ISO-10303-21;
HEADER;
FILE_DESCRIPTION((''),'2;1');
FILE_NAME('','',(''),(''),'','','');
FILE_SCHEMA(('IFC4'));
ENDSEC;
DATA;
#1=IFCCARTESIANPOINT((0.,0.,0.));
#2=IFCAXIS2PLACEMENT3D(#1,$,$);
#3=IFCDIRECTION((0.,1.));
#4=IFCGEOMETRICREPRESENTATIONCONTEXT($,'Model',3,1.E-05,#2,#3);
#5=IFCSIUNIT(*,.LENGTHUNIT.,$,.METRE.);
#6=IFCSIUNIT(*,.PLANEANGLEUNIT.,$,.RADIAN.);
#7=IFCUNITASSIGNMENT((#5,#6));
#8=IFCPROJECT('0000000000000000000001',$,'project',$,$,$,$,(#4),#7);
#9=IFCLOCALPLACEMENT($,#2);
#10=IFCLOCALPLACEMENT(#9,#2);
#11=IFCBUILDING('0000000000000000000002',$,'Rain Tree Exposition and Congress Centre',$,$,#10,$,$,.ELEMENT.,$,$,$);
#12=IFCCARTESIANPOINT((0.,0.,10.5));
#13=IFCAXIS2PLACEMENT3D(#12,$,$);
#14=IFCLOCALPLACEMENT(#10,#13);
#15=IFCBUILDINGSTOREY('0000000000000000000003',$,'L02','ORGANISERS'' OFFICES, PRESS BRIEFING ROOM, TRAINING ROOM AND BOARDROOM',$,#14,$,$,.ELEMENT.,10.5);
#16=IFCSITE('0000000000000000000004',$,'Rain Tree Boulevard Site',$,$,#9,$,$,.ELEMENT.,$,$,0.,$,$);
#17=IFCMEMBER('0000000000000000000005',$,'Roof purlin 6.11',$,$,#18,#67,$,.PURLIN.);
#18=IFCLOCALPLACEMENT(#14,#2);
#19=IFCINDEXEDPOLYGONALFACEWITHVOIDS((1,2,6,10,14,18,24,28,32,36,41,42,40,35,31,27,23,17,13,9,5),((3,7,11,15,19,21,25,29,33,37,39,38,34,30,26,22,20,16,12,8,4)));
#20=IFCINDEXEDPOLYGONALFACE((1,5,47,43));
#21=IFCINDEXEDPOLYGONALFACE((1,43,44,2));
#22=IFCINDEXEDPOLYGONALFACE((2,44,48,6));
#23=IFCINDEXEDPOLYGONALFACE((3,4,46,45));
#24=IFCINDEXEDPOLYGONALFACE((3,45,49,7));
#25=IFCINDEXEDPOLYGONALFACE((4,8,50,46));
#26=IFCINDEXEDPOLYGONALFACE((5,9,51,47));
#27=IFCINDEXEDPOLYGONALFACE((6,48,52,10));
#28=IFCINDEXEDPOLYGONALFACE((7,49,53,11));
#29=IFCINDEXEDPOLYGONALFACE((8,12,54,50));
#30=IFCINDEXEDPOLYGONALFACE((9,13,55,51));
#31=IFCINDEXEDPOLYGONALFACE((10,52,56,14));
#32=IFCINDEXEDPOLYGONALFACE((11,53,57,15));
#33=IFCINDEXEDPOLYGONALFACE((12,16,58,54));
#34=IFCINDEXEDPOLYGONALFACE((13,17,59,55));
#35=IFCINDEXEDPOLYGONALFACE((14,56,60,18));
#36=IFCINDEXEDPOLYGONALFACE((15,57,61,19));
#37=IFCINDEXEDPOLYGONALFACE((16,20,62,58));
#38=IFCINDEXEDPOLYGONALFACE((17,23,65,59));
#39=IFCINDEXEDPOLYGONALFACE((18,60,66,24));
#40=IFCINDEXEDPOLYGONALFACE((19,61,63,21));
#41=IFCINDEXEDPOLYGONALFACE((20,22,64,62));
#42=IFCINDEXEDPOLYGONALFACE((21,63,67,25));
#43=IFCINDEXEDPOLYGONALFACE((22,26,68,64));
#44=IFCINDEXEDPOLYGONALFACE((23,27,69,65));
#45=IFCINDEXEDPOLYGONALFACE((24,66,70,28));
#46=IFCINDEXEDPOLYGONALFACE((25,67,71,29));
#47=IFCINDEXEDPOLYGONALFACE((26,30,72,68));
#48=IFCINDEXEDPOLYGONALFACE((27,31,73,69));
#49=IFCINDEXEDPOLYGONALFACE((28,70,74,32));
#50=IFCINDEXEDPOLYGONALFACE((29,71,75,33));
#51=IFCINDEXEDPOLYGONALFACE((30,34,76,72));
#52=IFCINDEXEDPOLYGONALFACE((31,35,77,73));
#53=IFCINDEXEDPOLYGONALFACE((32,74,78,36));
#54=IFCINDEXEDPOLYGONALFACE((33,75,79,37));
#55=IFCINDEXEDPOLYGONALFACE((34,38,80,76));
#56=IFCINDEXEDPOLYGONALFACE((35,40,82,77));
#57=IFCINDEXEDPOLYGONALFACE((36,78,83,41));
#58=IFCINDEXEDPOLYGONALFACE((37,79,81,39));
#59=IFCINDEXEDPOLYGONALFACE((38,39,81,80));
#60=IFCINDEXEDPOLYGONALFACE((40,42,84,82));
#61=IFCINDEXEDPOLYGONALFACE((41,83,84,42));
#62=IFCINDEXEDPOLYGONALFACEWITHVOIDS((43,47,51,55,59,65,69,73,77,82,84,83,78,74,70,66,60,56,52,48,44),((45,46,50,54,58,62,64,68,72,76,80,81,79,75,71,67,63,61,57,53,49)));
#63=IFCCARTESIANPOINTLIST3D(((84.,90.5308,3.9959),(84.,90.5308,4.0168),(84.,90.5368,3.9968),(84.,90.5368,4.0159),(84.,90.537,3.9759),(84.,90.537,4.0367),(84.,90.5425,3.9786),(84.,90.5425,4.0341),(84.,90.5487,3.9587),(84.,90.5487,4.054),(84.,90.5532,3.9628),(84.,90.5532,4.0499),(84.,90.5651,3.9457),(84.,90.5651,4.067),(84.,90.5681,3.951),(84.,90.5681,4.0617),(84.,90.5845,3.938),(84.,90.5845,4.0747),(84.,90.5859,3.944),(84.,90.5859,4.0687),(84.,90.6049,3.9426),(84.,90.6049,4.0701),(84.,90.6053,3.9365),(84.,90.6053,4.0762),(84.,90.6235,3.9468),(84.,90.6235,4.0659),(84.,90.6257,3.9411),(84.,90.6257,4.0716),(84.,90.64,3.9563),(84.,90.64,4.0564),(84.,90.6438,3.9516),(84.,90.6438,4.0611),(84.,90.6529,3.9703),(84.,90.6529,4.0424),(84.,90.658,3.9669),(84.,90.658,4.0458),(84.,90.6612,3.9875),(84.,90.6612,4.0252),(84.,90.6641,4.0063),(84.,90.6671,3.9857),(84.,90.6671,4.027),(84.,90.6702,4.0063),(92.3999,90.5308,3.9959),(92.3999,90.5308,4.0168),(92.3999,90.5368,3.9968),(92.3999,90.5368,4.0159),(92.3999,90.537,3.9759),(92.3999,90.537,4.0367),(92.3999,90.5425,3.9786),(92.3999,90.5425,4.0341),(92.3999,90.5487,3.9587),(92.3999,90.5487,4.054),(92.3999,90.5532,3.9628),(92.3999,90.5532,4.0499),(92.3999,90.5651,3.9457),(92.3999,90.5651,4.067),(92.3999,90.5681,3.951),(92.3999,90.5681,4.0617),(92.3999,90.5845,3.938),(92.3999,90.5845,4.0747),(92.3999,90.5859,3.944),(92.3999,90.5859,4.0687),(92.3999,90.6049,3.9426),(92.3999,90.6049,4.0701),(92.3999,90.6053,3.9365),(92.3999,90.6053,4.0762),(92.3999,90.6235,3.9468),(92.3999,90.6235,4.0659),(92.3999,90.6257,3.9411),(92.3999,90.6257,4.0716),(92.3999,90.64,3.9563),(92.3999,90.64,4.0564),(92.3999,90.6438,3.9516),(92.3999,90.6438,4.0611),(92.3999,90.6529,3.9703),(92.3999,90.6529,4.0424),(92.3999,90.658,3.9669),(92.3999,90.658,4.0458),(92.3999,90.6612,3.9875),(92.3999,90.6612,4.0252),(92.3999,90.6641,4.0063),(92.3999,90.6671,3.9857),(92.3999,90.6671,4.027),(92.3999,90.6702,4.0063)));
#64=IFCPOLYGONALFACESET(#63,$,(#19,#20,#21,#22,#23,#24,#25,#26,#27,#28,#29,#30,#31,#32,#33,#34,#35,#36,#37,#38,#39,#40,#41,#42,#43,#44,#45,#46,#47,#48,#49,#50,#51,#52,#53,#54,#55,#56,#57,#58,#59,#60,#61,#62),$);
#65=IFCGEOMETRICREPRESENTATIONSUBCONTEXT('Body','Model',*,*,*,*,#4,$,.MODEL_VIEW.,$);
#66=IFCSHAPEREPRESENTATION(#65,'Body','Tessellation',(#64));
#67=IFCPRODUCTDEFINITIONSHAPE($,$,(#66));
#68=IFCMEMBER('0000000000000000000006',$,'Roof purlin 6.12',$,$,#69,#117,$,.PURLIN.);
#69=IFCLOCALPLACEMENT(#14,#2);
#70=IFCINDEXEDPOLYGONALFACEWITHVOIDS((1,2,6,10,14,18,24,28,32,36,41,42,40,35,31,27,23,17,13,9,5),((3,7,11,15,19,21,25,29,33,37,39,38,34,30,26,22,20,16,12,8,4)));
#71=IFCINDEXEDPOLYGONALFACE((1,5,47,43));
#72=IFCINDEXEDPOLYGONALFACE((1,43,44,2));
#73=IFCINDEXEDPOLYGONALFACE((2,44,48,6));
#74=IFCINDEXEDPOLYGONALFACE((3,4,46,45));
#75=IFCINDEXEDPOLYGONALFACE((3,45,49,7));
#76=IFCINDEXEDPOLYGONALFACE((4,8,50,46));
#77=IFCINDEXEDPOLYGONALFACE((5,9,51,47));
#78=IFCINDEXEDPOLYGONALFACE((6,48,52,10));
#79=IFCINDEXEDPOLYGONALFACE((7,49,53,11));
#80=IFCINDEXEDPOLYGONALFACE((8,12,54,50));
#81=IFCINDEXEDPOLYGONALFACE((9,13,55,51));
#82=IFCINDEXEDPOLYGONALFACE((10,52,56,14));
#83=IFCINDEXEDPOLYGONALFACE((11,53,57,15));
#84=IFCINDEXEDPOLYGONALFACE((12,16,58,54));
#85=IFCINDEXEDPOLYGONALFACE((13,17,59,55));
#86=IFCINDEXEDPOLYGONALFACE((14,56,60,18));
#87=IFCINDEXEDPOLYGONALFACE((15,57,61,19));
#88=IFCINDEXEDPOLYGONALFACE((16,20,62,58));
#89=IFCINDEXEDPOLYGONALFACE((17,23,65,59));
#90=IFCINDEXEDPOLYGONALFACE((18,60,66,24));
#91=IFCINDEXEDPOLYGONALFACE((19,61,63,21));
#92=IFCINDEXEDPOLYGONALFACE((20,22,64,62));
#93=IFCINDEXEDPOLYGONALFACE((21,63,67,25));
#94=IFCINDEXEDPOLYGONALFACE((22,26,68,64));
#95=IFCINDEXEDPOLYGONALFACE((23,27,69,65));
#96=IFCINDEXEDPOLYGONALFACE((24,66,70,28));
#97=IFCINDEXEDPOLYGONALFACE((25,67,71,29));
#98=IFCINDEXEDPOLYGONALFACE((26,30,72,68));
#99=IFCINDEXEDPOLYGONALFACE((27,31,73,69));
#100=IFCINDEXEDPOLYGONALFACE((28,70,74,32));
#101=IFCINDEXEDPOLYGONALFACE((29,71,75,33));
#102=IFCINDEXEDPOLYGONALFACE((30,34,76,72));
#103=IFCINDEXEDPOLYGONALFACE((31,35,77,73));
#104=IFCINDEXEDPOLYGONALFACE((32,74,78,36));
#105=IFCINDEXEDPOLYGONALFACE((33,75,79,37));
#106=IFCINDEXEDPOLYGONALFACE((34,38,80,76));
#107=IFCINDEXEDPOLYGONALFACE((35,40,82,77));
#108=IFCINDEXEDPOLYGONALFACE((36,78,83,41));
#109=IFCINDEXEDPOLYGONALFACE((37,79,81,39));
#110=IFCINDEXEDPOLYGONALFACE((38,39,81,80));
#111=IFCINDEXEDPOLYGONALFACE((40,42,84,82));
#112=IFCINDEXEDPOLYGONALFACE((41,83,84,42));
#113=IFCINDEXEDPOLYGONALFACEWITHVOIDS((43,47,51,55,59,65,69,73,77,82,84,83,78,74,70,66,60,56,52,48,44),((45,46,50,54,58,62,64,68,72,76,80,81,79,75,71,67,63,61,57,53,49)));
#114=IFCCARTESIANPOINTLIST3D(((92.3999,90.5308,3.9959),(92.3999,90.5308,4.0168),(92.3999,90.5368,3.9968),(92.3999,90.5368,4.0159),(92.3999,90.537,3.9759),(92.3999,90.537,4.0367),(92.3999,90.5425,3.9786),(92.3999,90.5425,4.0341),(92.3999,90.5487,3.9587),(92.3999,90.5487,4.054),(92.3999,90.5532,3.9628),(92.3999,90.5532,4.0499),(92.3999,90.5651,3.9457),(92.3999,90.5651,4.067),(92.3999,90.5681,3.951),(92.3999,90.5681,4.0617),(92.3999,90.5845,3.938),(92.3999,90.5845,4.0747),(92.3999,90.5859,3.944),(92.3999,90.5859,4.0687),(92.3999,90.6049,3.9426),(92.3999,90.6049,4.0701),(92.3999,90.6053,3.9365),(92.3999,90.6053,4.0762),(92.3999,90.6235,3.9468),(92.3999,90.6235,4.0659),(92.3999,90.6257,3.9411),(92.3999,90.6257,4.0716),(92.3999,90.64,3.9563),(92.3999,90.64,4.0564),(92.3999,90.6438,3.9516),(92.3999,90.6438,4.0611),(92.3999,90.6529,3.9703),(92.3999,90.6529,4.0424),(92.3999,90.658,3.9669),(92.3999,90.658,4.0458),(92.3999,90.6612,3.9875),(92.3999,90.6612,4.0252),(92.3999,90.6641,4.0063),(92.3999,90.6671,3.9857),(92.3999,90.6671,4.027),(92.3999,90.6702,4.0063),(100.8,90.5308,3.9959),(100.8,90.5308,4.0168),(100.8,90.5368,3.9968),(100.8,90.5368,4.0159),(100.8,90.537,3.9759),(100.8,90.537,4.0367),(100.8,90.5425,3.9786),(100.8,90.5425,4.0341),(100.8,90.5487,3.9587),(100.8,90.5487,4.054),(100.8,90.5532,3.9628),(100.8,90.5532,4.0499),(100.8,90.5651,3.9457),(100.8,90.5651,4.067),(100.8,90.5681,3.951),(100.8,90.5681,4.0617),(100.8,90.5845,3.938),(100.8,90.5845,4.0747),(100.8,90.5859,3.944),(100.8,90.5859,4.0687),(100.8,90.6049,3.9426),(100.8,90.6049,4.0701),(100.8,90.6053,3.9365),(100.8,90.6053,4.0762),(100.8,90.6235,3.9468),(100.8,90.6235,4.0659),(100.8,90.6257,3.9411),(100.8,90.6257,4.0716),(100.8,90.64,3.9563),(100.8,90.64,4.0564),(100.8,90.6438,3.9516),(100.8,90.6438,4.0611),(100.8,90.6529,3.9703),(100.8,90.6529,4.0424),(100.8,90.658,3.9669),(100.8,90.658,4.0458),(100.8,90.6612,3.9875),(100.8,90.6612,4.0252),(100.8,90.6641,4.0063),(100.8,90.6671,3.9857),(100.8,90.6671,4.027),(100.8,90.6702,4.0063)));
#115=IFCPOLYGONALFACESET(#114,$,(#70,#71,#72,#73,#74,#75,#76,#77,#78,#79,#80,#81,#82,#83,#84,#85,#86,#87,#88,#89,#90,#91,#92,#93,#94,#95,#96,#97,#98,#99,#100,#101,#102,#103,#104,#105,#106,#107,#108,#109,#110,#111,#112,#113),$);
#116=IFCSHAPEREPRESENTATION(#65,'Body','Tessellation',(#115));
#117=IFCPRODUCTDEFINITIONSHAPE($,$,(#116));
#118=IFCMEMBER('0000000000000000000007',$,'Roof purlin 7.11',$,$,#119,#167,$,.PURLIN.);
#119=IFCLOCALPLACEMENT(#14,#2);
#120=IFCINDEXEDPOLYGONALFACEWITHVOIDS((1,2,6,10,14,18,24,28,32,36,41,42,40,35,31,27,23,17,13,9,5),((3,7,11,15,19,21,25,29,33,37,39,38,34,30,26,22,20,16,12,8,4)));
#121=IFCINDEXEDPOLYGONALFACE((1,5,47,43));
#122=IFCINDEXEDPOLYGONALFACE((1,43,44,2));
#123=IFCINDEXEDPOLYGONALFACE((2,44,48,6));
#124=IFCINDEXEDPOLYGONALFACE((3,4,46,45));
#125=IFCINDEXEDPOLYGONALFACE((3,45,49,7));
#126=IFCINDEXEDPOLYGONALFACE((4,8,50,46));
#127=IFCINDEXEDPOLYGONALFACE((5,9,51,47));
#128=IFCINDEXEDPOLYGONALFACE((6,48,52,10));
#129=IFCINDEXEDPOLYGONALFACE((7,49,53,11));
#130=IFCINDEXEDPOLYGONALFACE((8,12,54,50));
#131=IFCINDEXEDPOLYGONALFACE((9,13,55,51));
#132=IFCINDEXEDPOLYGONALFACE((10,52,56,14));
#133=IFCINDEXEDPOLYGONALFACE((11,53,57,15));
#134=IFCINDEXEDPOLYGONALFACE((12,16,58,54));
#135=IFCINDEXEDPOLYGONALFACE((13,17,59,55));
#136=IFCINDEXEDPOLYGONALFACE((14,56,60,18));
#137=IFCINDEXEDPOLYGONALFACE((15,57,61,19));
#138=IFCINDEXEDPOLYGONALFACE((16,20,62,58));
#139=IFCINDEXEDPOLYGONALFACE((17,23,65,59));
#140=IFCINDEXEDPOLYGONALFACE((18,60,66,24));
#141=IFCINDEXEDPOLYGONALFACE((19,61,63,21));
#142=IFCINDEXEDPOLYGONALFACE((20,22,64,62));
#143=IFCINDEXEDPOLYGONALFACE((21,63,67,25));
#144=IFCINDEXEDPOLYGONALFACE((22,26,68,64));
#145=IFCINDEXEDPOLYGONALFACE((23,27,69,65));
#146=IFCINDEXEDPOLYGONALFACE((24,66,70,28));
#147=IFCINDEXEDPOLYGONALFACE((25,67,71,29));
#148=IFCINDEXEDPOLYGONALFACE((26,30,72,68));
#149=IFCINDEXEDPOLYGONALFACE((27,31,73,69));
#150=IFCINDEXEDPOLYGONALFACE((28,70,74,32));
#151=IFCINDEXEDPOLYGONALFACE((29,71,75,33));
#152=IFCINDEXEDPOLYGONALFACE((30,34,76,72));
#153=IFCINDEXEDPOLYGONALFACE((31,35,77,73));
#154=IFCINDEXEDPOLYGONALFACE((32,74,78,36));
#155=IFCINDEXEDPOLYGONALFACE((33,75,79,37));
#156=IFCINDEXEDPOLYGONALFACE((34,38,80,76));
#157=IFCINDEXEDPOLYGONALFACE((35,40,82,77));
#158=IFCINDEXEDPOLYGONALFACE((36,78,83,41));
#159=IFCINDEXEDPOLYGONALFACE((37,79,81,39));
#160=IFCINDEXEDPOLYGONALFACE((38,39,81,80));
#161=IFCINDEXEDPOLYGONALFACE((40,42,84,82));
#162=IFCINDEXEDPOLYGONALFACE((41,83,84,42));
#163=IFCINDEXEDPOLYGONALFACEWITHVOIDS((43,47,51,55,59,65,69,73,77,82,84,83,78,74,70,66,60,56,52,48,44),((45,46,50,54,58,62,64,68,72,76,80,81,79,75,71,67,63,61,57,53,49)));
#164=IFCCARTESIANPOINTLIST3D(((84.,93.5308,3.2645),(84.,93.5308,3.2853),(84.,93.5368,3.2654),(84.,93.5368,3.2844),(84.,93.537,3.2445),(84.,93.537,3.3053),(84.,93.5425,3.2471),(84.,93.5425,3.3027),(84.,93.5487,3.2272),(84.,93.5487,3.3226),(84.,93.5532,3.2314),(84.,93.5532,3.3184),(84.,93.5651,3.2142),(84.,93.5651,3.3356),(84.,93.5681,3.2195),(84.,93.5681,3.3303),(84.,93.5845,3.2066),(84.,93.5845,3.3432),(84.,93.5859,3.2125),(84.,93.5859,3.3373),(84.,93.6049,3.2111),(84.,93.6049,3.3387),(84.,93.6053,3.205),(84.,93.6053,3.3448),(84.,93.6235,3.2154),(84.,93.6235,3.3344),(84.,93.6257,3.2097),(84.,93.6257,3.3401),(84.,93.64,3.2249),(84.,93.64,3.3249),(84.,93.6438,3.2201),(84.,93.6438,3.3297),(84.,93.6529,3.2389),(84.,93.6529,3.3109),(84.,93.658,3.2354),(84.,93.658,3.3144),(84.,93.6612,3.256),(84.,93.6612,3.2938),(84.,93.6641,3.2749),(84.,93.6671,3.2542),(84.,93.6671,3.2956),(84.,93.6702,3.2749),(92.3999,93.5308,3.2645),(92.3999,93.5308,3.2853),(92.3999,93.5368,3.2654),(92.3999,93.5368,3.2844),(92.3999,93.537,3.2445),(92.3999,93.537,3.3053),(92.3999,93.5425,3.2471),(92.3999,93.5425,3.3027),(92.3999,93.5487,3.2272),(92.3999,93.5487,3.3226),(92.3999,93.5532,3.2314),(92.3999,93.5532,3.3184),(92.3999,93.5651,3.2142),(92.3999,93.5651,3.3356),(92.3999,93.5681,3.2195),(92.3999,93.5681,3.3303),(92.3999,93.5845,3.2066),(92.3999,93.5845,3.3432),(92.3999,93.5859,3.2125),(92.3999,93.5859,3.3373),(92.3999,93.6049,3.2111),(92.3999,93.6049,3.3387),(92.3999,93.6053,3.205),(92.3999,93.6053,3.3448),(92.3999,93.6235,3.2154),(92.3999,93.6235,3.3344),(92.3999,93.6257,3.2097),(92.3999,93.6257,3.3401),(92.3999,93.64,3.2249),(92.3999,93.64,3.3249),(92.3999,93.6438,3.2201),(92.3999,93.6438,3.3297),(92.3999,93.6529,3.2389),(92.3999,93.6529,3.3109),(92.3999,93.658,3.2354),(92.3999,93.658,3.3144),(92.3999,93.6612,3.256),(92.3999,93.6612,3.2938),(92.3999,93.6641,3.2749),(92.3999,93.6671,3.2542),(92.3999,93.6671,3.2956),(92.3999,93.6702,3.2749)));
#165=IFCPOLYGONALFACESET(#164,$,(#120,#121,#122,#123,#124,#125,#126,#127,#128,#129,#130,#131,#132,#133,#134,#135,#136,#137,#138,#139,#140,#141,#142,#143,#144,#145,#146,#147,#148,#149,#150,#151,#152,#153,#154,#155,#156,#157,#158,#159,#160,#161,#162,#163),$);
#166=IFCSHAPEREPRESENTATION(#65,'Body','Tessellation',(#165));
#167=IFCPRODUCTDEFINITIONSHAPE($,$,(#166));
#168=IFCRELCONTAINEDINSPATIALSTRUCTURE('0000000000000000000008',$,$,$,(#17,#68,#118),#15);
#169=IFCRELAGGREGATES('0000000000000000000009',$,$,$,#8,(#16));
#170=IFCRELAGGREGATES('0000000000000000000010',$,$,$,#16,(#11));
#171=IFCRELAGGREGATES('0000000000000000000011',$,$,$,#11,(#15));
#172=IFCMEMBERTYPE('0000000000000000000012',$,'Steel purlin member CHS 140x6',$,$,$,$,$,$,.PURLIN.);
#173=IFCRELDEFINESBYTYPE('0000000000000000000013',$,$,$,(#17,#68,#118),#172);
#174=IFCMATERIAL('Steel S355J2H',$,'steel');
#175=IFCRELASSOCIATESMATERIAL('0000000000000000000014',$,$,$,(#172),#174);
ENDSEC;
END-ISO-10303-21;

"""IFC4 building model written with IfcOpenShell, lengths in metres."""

from ifc_helpers import new_model, si_unit, direction, frame, origin, origin_2d, place, context, subcontext, project, spatial, hollow_circle, extrude, material, material_profile, profile_set, type_object, element, save


model = new_model("IFC4")

# Units and contexts
model_context = context("Model", 3, precision=1e-05, world=origin(), true_north=direction((0.0, 1.0)))
body_context = subcontext(model_context, "Body", "Model", "MODEL_VIEW")
ifc_project = project(units=[si_unit("LENGTHUNIT", "METRE"), si_unit("PLANEANGLEUNIT", "RADIAN")], contexts=[model_context])

# Site, building, storey
site_placement = place(None, origin())
site = spatial("IfcSite", under=ifc_project, at=site_placement, Name="Rain Tree Boulevard Site", CompositionType="ELEMENT", RefElevation=0.0)
building_placement = place(site_placement, origin())
building = spatial("IfcBuilding", under=site, at=building_placement, Name="Rain Tree Exposition and Congress Centre", CompositionType="ELEMENT")
storey_placement = place(building_placement, frame((0.0, 0.0, 10.5)))
storey = spatial("IfcBuildingStorey", under=building, at=storey_placement, Name="L02", Description="ORGANISERS' OFFICES, PRESS BRIEFING ROOM, TRAINING ROOM AND BOARDROOM", CompositionType="ELEMENT", Elevation=10.5)

# Members
ifc_material_1 = material(Name="Steel S355J2H", Category="steel")
ifc_material_profile_1 = material_profile(ifc_material_1, hollow_circle(Radius=0.0701, WallThickness=0.0061, at=origin_2d()), Name="CHS 140x6")
ifc_profile_set_1 = profile_set([ifc_material_profile_1], Name="Steel S355J2H")
member_type_1 = type_object("IfcMemberType", Name="Steel purlin member CHS 140x6", PredefinedType="PURLIN", material=ifc_profile_set_1)
member_1_placement = place(storey_placement, frame((84.0, 90.6001, 4.0063), z_axis=(1.0, 0.0, 0.0), x_axis=(0.0, 1.0, 0.0)))
element("IfcMember", 1, at=member_1_placement, inside=storey, type_object=member_type_1, Name="Roof purlin 6.11", PredefinedType="PURLIN", context=body_context, shape_type="SweptSolid", body=[
    extrude(hollow_circle(Radius=0.0701, WallThickness=0.0061, at=origin_2d()), origin(), (0.0, 0.0, 1.0), 8.3999),
])
member_2_placement = place(storey_placement, frame((92.3999, 90.6001, 4.0063), z_axis=(1.0, 0.0, 0.0), x_axis=(0.0, 1.0, 0.0)))
element("IfcMember", 2, at=member_2_placement, inside=storey, type_object=member_type_1, Name="Roof purlin 6.12", PredefinedType="PURLIN", context=body_context, shape_type="SweptSolid", body=[
    extrude(hollow_circle(Radius=0.0701, WallThickness=0.0061, at=origin_2d()), origin(), (0.0, 0.0, 1.0), 8.4001),
])
member_3_placement = place(storey_placement, frame((84.0, 93.6001, 3.2749), z_axis=(1.0, 0.0, 0.0), x_axis=(0.0, 1.0, 0.0)))
element("IfcMember", 3, at=member_3_placement, inside=storey, type_object=member_type_1, Name="Roof purlin 7.11", PredefinedType="PURLIN", context=body_context, shape_type="SweptSolid", body=[
    extrude(hollow_circle(Radius=0.0701, WallThickness=0.0061, at=origin_2d()), origin(), (0.0, 0.0, 1.0), 8.3999),
])

save(model, "model.ifc")
